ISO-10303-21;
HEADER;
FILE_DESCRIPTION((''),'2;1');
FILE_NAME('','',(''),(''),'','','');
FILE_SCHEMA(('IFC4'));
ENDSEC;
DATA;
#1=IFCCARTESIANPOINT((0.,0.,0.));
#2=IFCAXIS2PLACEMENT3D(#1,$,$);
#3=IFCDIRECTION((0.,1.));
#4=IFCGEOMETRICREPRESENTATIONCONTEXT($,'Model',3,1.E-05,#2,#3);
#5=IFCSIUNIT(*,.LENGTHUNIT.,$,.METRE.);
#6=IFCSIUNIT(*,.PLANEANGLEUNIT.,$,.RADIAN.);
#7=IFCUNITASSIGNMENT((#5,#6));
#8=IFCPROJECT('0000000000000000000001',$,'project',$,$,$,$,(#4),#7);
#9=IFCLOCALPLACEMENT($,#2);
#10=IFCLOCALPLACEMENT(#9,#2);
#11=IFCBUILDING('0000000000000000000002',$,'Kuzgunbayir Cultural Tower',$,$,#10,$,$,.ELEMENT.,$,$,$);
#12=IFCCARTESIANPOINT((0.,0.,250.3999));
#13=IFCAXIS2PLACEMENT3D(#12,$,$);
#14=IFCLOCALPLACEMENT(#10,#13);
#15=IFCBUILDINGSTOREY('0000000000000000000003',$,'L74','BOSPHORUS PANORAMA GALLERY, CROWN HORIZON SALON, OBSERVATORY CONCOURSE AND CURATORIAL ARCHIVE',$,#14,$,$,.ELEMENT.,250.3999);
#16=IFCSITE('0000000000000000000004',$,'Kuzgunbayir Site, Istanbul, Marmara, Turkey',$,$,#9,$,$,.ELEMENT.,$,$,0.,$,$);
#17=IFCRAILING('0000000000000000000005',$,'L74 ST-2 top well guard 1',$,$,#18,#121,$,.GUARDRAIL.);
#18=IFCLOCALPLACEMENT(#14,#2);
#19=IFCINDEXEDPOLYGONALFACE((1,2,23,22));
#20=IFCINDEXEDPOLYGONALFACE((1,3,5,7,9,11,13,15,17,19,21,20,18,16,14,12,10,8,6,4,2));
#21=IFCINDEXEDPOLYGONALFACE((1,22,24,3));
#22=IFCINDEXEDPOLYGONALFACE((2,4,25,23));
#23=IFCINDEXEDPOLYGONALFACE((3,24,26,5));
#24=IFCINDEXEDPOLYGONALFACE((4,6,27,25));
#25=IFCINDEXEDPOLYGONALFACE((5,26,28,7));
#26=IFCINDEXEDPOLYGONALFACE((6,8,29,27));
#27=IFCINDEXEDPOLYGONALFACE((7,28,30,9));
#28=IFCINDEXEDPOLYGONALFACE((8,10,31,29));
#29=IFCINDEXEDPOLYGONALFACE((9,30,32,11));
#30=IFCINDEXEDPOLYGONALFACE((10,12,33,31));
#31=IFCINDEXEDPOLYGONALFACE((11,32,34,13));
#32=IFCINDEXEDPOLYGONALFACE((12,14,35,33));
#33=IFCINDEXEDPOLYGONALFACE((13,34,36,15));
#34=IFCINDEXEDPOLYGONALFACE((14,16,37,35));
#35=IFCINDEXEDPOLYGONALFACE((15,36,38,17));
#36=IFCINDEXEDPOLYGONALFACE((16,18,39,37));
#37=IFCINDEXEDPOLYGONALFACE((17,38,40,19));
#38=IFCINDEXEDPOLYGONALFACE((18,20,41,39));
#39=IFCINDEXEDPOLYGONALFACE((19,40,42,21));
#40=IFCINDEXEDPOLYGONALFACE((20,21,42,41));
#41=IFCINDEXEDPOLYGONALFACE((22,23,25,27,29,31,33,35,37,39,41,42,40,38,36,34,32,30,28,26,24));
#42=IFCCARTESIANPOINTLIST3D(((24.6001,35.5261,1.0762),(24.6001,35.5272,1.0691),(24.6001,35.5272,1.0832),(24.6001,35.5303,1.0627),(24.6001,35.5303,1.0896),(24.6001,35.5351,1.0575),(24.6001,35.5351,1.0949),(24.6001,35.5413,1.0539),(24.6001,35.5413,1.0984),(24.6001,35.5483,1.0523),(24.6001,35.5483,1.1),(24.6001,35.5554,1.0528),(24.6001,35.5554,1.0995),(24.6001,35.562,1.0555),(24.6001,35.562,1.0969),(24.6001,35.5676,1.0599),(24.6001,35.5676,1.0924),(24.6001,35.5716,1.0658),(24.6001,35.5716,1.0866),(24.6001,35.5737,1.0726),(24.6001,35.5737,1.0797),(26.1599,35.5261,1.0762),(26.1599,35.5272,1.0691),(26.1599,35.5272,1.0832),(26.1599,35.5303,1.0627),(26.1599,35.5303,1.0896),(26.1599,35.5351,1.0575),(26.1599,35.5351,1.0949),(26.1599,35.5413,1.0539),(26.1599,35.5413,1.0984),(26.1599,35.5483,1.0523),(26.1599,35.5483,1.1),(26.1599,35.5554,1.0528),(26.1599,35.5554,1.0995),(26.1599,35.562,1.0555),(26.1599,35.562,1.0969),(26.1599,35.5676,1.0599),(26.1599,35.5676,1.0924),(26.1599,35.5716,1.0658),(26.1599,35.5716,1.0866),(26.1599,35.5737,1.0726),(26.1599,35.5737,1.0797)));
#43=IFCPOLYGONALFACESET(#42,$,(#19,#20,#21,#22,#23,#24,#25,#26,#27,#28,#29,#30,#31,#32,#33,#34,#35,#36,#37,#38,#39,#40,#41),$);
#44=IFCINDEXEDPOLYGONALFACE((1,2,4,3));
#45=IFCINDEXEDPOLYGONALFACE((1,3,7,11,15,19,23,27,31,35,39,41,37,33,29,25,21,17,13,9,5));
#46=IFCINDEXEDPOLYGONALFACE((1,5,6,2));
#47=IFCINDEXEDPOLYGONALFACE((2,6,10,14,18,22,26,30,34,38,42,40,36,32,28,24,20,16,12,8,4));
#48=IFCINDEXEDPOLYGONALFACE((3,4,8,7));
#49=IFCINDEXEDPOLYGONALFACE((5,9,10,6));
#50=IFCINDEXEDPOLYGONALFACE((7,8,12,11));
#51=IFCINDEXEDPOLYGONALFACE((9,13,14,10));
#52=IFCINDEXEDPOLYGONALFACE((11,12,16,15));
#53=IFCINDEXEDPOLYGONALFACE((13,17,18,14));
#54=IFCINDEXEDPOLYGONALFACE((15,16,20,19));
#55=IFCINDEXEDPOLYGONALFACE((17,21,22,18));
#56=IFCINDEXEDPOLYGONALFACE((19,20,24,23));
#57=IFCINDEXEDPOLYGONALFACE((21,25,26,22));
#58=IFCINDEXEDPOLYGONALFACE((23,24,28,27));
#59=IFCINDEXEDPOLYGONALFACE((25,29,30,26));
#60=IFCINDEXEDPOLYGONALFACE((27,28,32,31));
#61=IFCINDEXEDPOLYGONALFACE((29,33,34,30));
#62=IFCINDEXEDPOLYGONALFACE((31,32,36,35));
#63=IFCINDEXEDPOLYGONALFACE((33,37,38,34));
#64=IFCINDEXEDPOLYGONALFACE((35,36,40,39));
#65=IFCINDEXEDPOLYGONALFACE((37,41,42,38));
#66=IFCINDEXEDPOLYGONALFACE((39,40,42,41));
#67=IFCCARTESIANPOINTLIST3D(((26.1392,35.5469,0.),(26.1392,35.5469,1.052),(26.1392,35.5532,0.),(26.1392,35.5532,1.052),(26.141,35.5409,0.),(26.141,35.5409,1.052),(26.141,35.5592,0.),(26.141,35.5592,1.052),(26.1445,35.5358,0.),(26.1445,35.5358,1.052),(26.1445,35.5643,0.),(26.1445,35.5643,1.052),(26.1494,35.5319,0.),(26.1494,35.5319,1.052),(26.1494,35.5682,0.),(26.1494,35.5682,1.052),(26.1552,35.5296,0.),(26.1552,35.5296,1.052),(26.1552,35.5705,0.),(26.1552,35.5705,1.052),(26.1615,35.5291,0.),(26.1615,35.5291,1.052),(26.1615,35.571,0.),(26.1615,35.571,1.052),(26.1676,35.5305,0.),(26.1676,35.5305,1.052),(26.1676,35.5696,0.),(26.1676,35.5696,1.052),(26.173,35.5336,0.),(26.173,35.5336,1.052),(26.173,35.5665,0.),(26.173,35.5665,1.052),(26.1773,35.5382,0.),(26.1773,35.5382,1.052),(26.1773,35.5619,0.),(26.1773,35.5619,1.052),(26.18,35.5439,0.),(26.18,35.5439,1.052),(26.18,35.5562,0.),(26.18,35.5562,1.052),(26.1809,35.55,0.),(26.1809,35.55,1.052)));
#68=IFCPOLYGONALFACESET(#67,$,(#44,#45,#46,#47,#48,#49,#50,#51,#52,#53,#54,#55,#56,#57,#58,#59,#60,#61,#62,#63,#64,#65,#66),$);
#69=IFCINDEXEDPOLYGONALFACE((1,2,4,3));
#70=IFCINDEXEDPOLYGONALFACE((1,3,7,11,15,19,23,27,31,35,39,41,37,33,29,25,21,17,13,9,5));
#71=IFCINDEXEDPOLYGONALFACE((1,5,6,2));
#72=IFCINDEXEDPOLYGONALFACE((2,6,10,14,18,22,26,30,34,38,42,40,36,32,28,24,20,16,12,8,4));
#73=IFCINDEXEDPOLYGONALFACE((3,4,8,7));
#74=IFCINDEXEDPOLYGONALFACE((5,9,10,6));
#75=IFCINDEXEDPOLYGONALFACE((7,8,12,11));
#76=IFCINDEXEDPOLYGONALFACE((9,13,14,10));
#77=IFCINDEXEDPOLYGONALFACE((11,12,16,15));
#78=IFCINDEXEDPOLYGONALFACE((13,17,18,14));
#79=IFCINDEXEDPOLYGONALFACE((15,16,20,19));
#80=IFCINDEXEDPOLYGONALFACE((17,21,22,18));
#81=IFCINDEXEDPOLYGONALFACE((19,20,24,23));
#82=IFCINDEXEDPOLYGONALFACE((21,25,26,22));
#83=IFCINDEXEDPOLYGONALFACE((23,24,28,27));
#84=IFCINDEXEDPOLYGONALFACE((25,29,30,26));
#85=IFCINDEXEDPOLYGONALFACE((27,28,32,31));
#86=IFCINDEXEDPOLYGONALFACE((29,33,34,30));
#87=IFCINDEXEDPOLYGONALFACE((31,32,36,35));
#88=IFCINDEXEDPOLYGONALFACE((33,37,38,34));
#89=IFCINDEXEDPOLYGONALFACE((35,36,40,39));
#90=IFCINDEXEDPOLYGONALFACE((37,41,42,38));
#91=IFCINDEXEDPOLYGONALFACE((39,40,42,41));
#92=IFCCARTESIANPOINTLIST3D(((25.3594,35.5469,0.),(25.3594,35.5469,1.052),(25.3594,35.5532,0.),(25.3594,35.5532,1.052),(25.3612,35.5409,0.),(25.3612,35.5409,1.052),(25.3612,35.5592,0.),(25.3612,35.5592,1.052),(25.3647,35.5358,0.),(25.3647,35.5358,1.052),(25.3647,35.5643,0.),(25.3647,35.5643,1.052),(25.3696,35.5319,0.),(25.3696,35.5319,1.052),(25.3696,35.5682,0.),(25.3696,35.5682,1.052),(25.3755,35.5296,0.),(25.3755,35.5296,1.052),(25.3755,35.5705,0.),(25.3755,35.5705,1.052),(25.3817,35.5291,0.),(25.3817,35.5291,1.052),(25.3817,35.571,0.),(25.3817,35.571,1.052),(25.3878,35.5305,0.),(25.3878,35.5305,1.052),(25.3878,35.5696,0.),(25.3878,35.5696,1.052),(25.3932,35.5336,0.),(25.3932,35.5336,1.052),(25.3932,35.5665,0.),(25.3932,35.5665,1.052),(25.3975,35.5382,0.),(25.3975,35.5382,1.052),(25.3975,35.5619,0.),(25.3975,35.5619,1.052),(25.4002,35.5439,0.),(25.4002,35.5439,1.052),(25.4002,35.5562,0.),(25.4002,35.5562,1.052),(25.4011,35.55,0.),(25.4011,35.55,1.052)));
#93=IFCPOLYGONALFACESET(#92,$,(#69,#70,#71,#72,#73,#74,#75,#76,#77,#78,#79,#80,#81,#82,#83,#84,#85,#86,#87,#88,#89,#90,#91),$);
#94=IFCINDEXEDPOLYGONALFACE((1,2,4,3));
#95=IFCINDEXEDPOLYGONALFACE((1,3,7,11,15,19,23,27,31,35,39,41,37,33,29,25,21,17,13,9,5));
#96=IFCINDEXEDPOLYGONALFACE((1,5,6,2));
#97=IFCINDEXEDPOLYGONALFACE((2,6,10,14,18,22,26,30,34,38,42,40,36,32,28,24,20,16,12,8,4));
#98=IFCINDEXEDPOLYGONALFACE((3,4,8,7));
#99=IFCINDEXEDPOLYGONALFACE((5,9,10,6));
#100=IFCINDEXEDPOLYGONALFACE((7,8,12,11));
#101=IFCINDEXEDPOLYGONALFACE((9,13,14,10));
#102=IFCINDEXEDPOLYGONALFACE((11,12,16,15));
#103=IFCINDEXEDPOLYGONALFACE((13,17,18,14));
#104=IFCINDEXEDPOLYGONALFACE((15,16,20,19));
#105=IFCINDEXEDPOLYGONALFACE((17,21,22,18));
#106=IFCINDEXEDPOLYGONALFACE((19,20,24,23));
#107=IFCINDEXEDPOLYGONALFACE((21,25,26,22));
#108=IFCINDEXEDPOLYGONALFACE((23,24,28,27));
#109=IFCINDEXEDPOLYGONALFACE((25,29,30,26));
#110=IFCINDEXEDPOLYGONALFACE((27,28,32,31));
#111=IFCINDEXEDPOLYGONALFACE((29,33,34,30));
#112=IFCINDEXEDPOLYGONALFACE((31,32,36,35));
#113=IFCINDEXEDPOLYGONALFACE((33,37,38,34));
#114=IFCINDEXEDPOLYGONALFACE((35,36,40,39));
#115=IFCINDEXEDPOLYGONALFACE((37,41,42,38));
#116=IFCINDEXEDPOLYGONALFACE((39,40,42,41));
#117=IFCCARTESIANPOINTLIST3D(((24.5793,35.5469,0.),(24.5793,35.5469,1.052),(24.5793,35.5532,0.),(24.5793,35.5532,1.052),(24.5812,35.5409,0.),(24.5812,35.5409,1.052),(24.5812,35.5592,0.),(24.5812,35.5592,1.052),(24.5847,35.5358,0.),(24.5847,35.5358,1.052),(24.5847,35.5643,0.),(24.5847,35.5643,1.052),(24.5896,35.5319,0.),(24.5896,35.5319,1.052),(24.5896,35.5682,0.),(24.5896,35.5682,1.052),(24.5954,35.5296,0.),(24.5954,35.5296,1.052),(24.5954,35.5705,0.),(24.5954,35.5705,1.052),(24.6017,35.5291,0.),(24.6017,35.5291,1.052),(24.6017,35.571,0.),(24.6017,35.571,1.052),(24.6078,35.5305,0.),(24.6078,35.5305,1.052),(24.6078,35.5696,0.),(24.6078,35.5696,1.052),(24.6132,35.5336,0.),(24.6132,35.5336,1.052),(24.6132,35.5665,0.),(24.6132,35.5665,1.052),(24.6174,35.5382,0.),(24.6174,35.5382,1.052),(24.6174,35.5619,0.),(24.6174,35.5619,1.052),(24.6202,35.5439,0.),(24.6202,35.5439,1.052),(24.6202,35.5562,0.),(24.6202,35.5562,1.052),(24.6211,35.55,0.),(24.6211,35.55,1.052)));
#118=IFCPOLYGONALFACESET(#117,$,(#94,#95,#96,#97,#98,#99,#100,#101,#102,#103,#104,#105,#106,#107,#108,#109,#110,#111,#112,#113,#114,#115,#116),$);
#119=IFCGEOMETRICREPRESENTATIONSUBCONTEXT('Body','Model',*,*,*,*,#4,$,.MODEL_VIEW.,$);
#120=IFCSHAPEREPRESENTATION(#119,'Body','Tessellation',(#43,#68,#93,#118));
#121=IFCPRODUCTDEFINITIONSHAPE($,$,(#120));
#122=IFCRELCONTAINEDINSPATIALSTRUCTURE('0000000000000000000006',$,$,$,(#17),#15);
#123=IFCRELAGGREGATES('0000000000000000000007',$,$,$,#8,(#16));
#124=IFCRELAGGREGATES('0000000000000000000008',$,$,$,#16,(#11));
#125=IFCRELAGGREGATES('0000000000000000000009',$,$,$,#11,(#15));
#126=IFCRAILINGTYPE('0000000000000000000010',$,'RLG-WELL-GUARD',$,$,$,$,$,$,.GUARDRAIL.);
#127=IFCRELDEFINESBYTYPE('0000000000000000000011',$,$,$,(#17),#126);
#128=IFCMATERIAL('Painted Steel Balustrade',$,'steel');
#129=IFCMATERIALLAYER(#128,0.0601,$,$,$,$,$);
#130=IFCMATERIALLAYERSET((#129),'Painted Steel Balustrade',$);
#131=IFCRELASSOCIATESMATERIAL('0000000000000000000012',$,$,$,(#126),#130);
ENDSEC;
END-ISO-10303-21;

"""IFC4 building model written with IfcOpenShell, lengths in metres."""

from ifc_helpers import new_model, si_unit, direction, frame, origin, origin_2d, place, context, subcontext, project, spatial, circle, extrude, material, layer, layer_set, type_object, element, save


model = new_model("IFC4")

# Units and contexts
model_context = context("Model", 3, precision=1e-05, world=origin(), true_north=direction((0.0, 1.0)))
body_context = subcontext(model_context, "Body", "Model", "MODEL_VIEW")
ifc_project = project(units=[si_unit("LENGTHUNIT", "METRE"), si_unit("PLANEANGLEUNIT", "RADIAN")], contexts=[model_context])

# Site, building, storey
site_placement = place(None, origin())
site = spatial("IfcSite", under=ifc_project, at=site_placement, Name="Kuzgunbayir Site, Istanbul, Marmara, Turkey", CompositionType="ELEMENT", RefElevation=0.0)
building_placement = place(site_placement, origin())
building = spatial("IfcBuilding", under=site, at=building_placement, Name="Kuzgunbayir Cultural Tower", CompositionType="ELEMENT")
storey_placement = place(building_placement, frame((0.0, 0.0, 250.3999)))
storey = spatial("IfcBuildingStorey", under=building, at=storey_placement, Name="L74", Description="BOSPHORUS PANORAMA GALLERY, CROWN HORIZON SALON, OBSERVATORY CONCOURSE AND CURATORIAL ARCHIVE", CompositionType="ELEMENT", Elevation=250.3999)

# Railing
ifc_material_1 = material(Name="Painted Steel Balustrade", Category="steel")
ifc_layer_1 = layer(ifc_material_1, 0.0601)
ifc_layer_set_1 = layer_set([ifc_layer_1], Name="Painted Steel Balustrade")
railing_type_1 = type_object("IfcRailingType", Name="RLG-WELL-GUARD", PredefinedType="GUARDRAIL", material=ifc_layer_set_1)
railing_1_placement = place(storey_placement, frame((26.1599, 35.55, 0.0)))
element("IfcRailing", 1, at=railing_1_placement, inside=storey, type_object=railing_type_1, Name="L74 ST-2 top well guard 1", PredefinedType="GUARDRAIL", context=body_context, shape_type="SweptSolid", body=[
    extrude(circle(Radius=0.0239, at=origin_2d()), frame((0.0, 0.0, 1.0762), z_axis=(-1.0, 0.0, 0.0), x_axis=(0.0, -1.0, 0.0)), (0.0, 0.0, 1.0), 1.5598),
    extrude(circle(Radius=0.021, at=origin_2d()), origin(), (0.0, 0.0, 1.0), 1.052),
    extrude(circle(Radius=0.021, at=origin_2d()), frame((-0.7798, 0.0, 0.0)), (0.0, 0.0, 1.0), 1.052),
    extrude(circle(Radius=0.021, at=origin_2d()), frame((-1.5598, 0.0, 0.0)), (0.0, 0.0, 1.0), 1.052),
])

save(model, "model.ifc")
